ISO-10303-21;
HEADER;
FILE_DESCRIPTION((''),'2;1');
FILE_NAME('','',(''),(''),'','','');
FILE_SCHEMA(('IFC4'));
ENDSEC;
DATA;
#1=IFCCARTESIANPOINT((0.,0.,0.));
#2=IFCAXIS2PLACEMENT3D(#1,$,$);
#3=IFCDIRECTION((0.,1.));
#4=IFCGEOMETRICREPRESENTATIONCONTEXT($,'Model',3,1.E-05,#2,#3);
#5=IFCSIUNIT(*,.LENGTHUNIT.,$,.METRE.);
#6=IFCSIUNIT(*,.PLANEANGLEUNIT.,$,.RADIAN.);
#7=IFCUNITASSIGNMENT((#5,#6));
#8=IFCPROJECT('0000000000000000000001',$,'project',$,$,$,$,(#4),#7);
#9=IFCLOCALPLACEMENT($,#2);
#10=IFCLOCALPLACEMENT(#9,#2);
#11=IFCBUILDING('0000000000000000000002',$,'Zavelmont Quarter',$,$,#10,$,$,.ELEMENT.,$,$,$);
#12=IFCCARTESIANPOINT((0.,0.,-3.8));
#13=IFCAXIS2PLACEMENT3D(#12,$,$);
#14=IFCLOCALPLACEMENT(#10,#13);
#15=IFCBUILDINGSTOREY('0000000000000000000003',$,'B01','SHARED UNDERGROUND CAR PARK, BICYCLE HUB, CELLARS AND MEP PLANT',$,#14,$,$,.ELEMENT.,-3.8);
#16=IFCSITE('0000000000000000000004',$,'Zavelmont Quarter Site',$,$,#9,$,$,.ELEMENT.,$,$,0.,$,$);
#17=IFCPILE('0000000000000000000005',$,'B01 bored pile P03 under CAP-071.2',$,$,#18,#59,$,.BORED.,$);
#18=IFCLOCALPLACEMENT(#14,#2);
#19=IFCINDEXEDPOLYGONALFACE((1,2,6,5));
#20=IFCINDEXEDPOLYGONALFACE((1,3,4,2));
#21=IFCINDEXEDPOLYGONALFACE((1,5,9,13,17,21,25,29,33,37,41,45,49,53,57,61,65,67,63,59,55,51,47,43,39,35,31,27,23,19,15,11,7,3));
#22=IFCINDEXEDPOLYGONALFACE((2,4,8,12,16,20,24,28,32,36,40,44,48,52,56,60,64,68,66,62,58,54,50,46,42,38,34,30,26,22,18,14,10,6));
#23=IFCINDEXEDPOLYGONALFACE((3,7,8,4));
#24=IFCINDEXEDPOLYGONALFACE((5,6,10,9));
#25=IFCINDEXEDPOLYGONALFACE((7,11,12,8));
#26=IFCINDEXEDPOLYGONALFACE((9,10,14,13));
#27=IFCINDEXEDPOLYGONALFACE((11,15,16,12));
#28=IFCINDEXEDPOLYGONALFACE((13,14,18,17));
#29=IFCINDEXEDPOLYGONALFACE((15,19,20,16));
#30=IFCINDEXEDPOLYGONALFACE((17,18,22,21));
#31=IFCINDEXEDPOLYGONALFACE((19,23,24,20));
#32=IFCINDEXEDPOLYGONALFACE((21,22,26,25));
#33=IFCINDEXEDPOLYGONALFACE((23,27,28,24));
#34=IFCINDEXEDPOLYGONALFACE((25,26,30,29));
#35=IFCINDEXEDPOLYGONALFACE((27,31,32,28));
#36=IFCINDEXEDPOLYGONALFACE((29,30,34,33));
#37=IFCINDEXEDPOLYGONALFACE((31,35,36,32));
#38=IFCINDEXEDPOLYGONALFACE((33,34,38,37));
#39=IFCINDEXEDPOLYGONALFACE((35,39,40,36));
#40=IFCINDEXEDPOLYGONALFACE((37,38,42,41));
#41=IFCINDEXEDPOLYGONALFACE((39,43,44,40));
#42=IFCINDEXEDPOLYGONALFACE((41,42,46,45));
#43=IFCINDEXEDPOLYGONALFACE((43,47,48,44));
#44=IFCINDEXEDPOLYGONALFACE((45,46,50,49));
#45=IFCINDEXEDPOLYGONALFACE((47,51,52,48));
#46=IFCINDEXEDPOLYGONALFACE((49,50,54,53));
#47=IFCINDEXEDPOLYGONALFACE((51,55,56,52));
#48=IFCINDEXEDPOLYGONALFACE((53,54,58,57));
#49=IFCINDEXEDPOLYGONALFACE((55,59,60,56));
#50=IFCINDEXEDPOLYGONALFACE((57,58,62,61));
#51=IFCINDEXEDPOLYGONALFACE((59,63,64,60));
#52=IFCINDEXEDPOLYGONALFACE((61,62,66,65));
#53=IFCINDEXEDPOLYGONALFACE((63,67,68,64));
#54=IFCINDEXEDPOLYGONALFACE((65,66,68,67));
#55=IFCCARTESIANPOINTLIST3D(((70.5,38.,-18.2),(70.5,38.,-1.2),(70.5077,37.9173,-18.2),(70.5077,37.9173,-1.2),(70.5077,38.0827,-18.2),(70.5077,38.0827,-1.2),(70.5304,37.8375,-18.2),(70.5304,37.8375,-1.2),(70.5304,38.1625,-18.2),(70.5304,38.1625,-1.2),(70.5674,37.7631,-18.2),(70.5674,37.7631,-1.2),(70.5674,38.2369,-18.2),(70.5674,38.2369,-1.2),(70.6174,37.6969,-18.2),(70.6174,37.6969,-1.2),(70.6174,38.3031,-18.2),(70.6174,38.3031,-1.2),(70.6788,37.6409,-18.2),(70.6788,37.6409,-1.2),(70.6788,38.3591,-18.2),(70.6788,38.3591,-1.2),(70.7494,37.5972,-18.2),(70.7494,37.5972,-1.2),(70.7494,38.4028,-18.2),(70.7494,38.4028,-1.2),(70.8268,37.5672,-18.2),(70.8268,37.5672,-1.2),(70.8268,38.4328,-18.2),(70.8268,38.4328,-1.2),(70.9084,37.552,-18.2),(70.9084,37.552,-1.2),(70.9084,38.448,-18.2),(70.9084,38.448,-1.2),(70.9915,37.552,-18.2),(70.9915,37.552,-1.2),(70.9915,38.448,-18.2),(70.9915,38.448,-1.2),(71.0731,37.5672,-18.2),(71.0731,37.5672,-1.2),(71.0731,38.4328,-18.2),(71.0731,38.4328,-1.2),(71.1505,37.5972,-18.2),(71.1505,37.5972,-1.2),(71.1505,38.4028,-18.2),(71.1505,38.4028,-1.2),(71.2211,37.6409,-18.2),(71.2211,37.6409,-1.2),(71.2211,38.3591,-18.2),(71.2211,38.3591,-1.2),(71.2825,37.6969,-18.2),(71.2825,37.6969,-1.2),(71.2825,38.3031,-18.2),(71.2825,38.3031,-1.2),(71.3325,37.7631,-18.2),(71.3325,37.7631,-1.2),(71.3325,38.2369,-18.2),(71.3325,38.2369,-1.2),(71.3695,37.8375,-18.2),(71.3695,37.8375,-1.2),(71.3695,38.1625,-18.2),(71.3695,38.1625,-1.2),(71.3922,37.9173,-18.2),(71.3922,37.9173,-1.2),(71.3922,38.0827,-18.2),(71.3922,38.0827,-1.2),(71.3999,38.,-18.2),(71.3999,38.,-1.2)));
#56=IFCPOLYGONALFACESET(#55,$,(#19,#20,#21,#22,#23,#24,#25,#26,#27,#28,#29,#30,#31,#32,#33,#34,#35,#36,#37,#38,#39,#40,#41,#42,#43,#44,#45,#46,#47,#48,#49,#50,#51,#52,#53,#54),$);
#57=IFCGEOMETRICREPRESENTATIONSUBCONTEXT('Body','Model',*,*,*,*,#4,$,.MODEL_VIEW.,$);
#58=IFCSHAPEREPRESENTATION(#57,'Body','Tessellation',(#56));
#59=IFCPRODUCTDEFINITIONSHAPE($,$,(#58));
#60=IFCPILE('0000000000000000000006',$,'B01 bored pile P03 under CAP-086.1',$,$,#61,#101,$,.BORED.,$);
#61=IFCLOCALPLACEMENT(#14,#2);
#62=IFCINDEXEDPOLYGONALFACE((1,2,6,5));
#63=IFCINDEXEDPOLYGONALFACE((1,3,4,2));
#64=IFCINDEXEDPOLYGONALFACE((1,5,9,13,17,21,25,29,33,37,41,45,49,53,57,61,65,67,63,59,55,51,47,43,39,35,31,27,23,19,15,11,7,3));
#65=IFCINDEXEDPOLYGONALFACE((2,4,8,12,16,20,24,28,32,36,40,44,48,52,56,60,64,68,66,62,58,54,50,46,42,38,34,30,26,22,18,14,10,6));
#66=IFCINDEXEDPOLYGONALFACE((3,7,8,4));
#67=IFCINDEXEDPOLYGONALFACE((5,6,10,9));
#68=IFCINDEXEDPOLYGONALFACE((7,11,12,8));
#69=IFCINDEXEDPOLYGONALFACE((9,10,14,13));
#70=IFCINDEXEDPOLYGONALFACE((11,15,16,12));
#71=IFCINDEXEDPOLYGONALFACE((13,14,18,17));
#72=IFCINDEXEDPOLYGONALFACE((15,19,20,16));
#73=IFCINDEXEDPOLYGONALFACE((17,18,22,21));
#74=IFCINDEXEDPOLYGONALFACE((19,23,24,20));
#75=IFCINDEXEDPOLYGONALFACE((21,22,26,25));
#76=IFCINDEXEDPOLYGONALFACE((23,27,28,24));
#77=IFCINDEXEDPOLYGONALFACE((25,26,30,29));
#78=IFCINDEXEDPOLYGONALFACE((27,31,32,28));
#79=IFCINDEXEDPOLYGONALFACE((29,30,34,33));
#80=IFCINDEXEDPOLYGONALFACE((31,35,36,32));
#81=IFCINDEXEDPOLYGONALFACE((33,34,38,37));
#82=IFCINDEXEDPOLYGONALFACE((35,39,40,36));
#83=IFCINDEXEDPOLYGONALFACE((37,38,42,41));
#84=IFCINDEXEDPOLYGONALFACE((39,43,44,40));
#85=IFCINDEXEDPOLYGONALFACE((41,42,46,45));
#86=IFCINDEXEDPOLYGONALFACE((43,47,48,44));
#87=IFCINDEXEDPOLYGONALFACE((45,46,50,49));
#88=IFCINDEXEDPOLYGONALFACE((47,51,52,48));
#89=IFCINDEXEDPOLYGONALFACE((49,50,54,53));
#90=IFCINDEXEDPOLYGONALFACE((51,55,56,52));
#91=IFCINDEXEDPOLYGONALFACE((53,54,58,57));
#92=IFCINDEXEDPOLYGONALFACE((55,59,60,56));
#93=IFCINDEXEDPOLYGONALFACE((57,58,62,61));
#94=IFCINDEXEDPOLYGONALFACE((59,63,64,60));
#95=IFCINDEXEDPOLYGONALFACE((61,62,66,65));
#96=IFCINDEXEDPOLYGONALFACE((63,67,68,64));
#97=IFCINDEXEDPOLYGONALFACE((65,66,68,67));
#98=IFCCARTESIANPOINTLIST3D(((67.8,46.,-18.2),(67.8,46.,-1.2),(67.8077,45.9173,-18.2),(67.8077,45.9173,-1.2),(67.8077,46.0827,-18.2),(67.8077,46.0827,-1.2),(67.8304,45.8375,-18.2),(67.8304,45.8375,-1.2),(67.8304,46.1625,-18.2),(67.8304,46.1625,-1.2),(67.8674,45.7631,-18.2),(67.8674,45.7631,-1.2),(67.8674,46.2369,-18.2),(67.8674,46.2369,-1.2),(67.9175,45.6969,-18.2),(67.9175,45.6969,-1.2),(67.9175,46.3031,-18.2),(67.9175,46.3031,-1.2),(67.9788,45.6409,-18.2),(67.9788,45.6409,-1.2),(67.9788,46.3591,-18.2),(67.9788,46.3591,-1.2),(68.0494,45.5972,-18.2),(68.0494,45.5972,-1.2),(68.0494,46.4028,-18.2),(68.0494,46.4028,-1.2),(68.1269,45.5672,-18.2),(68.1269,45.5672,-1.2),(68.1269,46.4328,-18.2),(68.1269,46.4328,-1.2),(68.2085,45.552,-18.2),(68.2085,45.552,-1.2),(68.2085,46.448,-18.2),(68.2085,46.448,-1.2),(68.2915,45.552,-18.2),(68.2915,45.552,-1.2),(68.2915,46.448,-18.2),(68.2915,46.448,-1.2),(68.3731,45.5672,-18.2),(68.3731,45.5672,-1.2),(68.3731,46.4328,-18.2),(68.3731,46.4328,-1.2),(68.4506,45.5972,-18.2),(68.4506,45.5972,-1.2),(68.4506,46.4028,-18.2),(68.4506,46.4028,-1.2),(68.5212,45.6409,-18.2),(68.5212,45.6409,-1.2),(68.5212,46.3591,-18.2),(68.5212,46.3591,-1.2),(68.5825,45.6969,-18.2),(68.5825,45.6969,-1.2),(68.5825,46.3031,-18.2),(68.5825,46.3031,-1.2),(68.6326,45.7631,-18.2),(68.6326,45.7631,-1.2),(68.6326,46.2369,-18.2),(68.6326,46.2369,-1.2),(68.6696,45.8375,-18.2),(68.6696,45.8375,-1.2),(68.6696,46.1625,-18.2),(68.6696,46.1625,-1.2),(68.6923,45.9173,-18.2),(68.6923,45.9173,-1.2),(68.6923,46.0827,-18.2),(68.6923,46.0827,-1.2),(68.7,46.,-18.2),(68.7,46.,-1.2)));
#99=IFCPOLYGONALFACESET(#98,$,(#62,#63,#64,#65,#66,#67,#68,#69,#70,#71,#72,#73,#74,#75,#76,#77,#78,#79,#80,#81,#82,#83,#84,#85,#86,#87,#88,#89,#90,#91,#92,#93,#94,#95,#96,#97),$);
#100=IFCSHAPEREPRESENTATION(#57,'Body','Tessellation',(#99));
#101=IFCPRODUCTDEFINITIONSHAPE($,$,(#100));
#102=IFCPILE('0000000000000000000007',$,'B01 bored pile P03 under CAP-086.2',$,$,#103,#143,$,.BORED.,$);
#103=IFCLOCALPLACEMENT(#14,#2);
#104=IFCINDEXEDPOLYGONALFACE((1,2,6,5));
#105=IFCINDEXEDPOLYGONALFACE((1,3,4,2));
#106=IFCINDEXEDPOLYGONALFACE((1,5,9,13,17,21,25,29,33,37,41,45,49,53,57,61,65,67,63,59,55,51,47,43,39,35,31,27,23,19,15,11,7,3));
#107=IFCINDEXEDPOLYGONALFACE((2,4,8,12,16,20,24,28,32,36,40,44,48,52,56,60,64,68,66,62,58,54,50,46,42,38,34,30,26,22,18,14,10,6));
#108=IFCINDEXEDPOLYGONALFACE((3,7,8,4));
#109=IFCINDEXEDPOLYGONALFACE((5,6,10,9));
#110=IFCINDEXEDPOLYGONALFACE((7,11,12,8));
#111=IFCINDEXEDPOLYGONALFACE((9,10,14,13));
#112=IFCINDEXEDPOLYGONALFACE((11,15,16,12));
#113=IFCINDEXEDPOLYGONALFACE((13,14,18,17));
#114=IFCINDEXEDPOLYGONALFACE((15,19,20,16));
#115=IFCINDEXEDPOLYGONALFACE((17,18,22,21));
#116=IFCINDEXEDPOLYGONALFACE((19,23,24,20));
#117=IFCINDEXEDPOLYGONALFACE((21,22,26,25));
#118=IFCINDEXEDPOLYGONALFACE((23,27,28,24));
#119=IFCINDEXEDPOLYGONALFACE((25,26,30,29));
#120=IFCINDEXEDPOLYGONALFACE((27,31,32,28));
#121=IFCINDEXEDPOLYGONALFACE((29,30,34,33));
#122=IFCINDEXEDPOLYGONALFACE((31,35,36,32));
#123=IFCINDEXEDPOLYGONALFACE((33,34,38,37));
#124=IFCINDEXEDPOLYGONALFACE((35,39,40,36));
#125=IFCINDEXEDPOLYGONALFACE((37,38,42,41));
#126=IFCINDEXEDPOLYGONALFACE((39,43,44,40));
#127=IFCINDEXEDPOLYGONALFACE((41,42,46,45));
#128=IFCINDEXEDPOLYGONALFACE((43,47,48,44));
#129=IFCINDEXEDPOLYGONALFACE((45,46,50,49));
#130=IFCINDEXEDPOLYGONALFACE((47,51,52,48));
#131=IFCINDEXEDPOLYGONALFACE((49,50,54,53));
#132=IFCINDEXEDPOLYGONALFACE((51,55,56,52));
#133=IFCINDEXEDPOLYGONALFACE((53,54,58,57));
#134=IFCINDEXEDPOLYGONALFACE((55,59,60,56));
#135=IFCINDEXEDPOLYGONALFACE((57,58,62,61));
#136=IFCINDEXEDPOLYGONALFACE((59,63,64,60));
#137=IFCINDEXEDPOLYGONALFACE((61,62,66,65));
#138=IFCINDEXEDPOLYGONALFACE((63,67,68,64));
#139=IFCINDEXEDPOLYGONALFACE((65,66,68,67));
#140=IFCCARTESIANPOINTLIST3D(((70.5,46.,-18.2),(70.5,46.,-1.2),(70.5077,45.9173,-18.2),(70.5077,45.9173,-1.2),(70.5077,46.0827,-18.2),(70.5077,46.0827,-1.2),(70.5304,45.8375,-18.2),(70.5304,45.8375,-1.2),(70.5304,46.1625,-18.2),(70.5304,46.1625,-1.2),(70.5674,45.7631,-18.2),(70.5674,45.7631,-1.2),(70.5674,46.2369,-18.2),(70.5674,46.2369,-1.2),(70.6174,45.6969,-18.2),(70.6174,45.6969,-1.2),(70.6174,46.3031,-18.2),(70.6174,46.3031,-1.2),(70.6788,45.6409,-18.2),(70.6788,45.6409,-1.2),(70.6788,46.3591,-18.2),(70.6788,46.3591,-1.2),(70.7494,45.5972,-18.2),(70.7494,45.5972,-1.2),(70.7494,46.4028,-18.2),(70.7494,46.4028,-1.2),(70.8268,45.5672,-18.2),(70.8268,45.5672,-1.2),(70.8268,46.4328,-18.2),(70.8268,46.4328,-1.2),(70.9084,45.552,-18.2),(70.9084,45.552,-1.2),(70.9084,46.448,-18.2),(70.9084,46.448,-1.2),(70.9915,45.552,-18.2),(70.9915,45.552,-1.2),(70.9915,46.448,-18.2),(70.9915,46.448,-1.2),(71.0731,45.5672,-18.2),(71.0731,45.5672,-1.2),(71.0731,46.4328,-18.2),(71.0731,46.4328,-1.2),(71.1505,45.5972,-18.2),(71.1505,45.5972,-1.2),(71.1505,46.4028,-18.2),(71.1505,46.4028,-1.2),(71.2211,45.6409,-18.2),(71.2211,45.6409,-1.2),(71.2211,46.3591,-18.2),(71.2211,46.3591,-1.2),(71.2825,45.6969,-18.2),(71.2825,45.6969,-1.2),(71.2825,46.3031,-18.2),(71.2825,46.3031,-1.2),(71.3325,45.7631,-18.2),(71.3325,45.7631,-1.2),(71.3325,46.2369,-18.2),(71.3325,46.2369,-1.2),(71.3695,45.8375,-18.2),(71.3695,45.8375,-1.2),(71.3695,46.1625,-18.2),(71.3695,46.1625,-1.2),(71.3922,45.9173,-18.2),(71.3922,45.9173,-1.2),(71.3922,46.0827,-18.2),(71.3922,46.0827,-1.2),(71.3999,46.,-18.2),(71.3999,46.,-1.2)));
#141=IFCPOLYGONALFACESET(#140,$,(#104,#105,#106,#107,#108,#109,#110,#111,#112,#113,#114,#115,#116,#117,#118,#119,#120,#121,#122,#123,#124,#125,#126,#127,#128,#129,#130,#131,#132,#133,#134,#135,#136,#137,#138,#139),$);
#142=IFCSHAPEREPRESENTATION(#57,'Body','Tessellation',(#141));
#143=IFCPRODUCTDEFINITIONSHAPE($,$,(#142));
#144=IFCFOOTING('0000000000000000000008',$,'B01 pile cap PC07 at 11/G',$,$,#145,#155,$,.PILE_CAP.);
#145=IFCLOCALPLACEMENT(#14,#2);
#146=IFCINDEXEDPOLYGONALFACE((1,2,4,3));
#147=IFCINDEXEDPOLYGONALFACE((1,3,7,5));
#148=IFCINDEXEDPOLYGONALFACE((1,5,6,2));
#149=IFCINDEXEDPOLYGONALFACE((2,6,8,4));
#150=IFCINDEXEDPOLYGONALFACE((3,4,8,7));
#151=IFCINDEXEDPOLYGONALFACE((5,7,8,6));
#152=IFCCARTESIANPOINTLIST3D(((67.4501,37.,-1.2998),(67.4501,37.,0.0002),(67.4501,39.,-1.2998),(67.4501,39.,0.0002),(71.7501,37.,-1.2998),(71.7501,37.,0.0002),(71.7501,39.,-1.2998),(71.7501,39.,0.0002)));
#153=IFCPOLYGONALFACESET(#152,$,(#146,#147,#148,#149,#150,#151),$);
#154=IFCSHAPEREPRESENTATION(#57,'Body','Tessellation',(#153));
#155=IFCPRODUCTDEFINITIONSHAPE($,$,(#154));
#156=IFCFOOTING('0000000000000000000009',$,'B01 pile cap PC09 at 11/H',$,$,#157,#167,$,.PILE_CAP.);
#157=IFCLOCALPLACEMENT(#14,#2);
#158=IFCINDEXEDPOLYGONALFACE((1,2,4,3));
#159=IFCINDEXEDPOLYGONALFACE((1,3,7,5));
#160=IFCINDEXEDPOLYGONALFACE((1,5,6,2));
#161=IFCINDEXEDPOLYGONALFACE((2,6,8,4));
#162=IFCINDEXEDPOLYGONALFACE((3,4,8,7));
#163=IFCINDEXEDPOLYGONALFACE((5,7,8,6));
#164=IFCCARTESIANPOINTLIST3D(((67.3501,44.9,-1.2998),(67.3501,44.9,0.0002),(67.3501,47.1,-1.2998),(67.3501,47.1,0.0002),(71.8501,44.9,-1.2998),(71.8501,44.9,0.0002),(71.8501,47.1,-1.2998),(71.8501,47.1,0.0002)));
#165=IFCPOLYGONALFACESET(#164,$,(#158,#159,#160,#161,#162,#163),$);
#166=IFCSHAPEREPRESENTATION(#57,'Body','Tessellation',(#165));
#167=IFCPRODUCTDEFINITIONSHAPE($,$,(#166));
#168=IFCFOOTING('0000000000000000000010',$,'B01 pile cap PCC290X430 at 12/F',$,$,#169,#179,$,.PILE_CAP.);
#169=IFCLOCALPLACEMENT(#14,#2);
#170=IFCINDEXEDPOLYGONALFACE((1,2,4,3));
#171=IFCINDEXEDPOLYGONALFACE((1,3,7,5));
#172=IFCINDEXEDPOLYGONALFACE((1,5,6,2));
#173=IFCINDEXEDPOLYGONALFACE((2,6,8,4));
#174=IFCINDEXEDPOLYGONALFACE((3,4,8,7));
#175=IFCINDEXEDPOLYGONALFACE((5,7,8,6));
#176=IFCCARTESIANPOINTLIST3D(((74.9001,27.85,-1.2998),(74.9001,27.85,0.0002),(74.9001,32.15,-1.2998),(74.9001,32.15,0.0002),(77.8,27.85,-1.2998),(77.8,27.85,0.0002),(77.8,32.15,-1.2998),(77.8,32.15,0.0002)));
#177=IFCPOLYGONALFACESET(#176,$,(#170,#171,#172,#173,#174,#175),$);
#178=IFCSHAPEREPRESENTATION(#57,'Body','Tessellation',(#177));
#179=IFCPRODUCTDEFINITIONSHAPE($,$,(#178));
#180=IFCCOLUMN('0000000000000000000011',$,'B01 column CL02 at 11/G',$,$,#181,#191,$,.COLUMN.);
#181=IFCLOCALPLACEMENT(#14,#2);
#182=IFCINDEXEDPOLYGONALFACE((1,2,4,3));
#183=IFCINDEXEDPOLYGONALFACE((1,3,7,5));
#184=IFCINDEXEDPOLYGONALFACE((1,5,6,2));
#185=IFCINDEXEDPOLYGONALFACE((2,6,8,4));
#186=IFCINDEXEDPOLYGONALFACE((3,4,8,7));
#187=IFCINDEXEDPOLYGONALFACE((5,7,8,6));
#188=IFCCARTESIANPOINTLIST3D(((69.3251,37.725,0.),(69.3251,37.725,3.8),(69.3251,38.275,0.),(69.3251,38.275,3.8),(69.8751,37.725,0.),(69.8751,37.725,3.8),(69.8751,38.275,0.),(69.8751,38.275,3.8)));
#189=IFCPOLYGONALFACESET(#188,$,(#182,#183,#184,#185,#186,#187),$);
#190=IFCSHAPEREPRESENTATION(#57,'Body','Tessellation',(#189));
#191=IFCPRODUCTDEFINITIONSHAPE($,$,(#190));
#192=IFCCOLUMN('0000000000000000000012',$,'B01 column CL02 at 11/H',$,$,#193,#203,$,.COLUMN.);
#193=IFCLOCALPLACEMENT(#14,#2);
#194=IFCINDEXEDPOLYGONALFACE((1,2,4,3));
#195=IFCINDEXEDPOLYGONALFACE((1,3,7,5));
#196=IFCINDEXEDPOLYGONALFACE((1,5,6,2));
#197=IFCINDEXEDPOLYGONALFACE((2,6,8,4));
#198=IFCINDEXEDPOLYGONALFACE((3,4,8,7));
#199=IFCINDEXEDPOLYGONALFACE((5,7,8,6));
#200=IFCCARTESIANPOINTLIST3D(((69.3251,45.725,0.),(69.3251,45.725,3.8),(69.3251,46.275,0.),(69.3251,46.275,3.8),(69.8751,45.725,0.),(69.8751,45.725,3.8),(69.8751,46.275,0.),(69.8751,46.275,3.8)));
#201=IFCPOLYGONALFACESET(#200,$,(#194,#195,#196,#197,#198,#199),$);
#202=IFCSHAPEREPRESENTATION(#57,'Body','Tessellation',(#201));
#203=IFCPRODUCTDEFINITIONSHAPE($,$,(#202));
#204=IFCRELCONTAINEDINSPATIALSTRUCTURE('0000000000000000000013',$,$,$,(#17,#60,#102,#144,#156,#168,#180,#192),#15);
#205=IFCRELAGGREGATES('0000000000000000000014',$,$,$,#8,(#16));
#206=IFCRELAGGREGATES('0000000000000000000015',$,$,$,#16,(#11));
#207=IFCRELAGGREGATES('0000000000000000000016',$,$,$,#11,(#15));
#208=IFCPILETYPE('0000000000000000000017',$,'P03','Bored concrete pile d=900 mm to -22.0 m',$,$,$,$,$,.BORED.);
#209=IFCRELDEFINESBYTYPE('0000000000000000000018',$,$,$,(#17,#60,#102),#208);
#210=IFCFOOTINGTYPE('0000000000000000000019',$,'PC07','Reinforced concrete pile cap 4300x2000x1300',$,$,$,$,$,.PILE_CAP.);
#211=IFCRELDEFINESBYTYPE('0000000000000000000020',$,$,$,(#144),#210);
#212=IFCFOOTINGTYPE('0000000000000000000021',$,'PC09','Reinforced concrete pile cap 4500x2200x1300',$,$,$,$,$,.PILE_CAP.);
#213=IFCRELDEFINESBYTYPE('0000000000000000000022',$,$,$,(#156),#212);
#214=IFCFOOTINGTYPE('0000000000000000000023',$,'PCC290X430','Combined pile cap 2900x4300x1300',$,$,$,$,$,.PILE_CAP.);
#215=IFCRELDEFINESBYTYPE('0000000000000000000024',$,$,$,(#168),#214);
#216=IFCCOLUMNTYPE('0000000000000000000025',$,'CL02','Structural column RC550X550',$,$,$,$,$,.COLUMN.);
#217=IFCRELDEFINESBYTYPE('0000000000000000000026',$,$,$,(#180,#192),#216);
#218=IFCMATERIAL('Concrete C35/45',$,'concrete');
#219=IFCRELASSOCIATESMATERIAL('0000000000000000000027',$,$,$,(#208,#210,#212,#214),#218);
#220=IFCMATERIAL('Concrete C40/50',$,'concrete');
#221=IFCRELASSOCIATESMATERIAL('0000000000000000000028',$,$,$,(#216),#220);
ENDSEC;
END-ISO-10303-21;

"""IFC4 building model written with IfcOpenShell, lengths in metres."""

from ifc_helpers import new_model, si_unit, direction, frame, origin, origin_2d, place, context, subcontext, project, spatial, rectangle, circle, extrude, material, material_profile, profile_set, type_object, element, save


model = new_model("IFC4")

# Units and contexts
model_context = context("Model", 3, precision=1e-05, world=origin(), true_north=direction((0.0, 1.0)))
body_context = subcontext(model_context, "Body", "Model", "MODEL_VIEW")
ifc_project = project(units=[si_unit("LENGTHUNIT", "METRE"), si_unit("PLANEANGLEUNIT", "RADIAN")], contexts=[model_context])

# Site, building, storey
site_placement = place(None, origin())
site = spatial("IfcSite", under=ifc_project, at=site_placement, Name="Zavelmont Quarter Site", CompositionType="ELEMENT", RefElevation=0.0)
building_placement = place(site_placement, origin())
building = spatial("IfcBuilding", under=site, at=building_placement, Name="Zavelmont Quarter", CompositionType="ELEMENT")
storey_placement = place(building_placement, frame((0.0, 0.0, -3.8)))
storey = spatial("IfcBuildingStorey", under=building, at=storey_placement, Name="B01", Description="SHARED UNDERGROUND CAR PARK, BICYCLE HUB, CELLARS AND MEP PLANT", CompositionType="ELEMENT", Elevation=-3.8)

# Shared definitions
ifc_material_1 = material(Name="Concrete C35/45", Category="concrete")

# Piles
ifc_material_profile_1 = material_profile(ifc_material_1, circle(Radius=0.45, at=origin_2d()), Name="BP900")
ifc_profile_set_1 = profile_set([ifc_material_profile_1], Name="Concrete C35/45")
pile_type_1 = type_object("IfcPileType", Name="P03", Description="Bored concrete pile d=900 mm to -22.0 m", PredefinedType="BORED", material=ifc_profile_set_1)
for number, where, z_axis, x_axis, name in (
    (1, (70.95, 38.0, -1.2), (0.0, 0.0, -1.0), (1.0, 0.0, 0.0), "B01 bored pile P03 under CAP-071.2"),
    (2, (68.25, 46.0, -1.2), (0.0, 0.0, -1.0), (1.0, 0.0, 0.0), "B01 bored pile P03 under CAP-086.1"),
    (3, (70.95, 46.0, -1.2), (0.0, 0.0, -1.0), (1.0, 0.0, 0.0), "B01 bored pile P03 under CAP-086.2"),
):
    element("IfcPile", number, at=place(storey_placement, frame(where, z_axis=z_axis, x_axis=x_axis)), inside=storey, type_object=pile_type_1, Name=name, PredefinedType="BORED", context=body_context, shape_type="SweptSolid", body=[
        extrude(circle(Radius=0.45, at=origin_2d()), origin(), (0.0, 0.0, 1.0), 17.0),
    ])

# Footings
footing_type_1 = type_object("IfcFootingType", Name="PC07", Description="Reinforced concrete pile cap 4300x2000x1300", PredefinedType="PILE_CAP", material=ifc_material_1)
footing_1_placement = place(storey_placement, frame((69.6001, 38.0, -1.2998), z_axis=(0.0, 0.0, 1.0), x_axis=(1.0, 0.0, 0.0)))
element("IfcFooting", 4, at=footing_1_placement, inside=storey, type_object=footing_type_1, Name="B01 pile cap PC07 at 11/G", PredefinedType="PILE_CAP", context=body_context, shape_type="SweptSolid", body=[
    extrude(rectangle(XDim=4.3, YDim=2.0, at=origin_2d()), origin(), (0.0, 0.0, 1.0), 1.3),
])
footing_type_2 = type_object("IfcFootingType", Name="PC09", Description="Reinforced concrete pile cap 4500x2200x1300", PredefinedType="PILE_CAP", material=ifc_material_1)
footing_2_placement = place(storey_placement, frame((69.6001, 46.0, -1.2998), z_axis=(0.0, 0.0, 1.0), x_axis=(1.0, 0.0, 0.0)))
element("IfcFooting", 5, at=footing_2_placement, inside=storey, type_object=footing_type_2, Name="B01 pile cap PC09 at 11/H", PredefinedType="PILE_CAP", context=body_context, shape_type="SweptSolid", body=[
    extrude(rectangle(XDim=4.5, YDim=2.2, at=origin_2d()), origin(), (0.0, 0.0, 1.0), 1.3),
])
footing_type_3 = type_object("IfcFootingType", Name="PCC290X430", Description="Combined pile cap 2900x4300x1300", PredefinedType="PILE_CAP", material=ifc_material_1)
footing_3_placement = place(storey_placement, frame((76.3501, 30.0, -1.2998), z_axis=(0.0, 0.0, 1.0), x_axis=(1.0, 0.0, 0.0)))
element("IfcFooting", 6, at=footing_3_placement, inside=storey, type_object=footing_type_3, Name="B01 pile cap PCC290X430 at 12/F", PredefinedType="PILE_CAP", context=body_context, shape_type="SweptSolid", body=[
    extrude(rectangle(XDim=2.8999, YDim=4.3, at=origin_2d()), origin(), (0.0, 0.0, 1.0), 1.3),
])

# Columns
ifc_material_2 = material(Name="Concrete C40/50", Category="concrete")
ifc_material_profile_2 = material_profile(ifc_material_2, rectangle(XDim=0.55, YDim=0.55, at=origin_2d()), Name="RC550X550")
ifc_profile_set_2 = profile_set([ifc_material_profile_2], Name="Concrete C40/50")
column_type_1 = type_object("IfcColumnType", Name="CL02", Description="Structural column RC550X550", PredefinedType="COLUMN", material=ifc_profile_set_2)
for number, where, z_axis, x_axis, name in (
    (7, (69.6001, 38.0, 0.0), (0.0, 0.0, 1.0), (1.0, 0.0, 0.0), "B01 column CL02 at 11/G"),
    (8, (69.6001, 46.0, 0.0), (0.0, 0.0, 1.0), (1.0, 0.0, 0.0), "B01 column CL02 at 11/H"),
):
    element("IfcColumn", number, at=place(storey_placement, frame(where, z_axis=z_axis, x_axis=x_axis)), inside=storey, type_object=column_type_1, Name=name, PredefinedType="COLUMN", context=body_context, shape_type="SweptSolid", body=[
        extrude(rectangle(XDim=0.55, YDim=0.55, at=origin_2d()), origin(), (0.0, 0.0, 1.0), 3.8),
    ])

save(model, "model.ifc")
